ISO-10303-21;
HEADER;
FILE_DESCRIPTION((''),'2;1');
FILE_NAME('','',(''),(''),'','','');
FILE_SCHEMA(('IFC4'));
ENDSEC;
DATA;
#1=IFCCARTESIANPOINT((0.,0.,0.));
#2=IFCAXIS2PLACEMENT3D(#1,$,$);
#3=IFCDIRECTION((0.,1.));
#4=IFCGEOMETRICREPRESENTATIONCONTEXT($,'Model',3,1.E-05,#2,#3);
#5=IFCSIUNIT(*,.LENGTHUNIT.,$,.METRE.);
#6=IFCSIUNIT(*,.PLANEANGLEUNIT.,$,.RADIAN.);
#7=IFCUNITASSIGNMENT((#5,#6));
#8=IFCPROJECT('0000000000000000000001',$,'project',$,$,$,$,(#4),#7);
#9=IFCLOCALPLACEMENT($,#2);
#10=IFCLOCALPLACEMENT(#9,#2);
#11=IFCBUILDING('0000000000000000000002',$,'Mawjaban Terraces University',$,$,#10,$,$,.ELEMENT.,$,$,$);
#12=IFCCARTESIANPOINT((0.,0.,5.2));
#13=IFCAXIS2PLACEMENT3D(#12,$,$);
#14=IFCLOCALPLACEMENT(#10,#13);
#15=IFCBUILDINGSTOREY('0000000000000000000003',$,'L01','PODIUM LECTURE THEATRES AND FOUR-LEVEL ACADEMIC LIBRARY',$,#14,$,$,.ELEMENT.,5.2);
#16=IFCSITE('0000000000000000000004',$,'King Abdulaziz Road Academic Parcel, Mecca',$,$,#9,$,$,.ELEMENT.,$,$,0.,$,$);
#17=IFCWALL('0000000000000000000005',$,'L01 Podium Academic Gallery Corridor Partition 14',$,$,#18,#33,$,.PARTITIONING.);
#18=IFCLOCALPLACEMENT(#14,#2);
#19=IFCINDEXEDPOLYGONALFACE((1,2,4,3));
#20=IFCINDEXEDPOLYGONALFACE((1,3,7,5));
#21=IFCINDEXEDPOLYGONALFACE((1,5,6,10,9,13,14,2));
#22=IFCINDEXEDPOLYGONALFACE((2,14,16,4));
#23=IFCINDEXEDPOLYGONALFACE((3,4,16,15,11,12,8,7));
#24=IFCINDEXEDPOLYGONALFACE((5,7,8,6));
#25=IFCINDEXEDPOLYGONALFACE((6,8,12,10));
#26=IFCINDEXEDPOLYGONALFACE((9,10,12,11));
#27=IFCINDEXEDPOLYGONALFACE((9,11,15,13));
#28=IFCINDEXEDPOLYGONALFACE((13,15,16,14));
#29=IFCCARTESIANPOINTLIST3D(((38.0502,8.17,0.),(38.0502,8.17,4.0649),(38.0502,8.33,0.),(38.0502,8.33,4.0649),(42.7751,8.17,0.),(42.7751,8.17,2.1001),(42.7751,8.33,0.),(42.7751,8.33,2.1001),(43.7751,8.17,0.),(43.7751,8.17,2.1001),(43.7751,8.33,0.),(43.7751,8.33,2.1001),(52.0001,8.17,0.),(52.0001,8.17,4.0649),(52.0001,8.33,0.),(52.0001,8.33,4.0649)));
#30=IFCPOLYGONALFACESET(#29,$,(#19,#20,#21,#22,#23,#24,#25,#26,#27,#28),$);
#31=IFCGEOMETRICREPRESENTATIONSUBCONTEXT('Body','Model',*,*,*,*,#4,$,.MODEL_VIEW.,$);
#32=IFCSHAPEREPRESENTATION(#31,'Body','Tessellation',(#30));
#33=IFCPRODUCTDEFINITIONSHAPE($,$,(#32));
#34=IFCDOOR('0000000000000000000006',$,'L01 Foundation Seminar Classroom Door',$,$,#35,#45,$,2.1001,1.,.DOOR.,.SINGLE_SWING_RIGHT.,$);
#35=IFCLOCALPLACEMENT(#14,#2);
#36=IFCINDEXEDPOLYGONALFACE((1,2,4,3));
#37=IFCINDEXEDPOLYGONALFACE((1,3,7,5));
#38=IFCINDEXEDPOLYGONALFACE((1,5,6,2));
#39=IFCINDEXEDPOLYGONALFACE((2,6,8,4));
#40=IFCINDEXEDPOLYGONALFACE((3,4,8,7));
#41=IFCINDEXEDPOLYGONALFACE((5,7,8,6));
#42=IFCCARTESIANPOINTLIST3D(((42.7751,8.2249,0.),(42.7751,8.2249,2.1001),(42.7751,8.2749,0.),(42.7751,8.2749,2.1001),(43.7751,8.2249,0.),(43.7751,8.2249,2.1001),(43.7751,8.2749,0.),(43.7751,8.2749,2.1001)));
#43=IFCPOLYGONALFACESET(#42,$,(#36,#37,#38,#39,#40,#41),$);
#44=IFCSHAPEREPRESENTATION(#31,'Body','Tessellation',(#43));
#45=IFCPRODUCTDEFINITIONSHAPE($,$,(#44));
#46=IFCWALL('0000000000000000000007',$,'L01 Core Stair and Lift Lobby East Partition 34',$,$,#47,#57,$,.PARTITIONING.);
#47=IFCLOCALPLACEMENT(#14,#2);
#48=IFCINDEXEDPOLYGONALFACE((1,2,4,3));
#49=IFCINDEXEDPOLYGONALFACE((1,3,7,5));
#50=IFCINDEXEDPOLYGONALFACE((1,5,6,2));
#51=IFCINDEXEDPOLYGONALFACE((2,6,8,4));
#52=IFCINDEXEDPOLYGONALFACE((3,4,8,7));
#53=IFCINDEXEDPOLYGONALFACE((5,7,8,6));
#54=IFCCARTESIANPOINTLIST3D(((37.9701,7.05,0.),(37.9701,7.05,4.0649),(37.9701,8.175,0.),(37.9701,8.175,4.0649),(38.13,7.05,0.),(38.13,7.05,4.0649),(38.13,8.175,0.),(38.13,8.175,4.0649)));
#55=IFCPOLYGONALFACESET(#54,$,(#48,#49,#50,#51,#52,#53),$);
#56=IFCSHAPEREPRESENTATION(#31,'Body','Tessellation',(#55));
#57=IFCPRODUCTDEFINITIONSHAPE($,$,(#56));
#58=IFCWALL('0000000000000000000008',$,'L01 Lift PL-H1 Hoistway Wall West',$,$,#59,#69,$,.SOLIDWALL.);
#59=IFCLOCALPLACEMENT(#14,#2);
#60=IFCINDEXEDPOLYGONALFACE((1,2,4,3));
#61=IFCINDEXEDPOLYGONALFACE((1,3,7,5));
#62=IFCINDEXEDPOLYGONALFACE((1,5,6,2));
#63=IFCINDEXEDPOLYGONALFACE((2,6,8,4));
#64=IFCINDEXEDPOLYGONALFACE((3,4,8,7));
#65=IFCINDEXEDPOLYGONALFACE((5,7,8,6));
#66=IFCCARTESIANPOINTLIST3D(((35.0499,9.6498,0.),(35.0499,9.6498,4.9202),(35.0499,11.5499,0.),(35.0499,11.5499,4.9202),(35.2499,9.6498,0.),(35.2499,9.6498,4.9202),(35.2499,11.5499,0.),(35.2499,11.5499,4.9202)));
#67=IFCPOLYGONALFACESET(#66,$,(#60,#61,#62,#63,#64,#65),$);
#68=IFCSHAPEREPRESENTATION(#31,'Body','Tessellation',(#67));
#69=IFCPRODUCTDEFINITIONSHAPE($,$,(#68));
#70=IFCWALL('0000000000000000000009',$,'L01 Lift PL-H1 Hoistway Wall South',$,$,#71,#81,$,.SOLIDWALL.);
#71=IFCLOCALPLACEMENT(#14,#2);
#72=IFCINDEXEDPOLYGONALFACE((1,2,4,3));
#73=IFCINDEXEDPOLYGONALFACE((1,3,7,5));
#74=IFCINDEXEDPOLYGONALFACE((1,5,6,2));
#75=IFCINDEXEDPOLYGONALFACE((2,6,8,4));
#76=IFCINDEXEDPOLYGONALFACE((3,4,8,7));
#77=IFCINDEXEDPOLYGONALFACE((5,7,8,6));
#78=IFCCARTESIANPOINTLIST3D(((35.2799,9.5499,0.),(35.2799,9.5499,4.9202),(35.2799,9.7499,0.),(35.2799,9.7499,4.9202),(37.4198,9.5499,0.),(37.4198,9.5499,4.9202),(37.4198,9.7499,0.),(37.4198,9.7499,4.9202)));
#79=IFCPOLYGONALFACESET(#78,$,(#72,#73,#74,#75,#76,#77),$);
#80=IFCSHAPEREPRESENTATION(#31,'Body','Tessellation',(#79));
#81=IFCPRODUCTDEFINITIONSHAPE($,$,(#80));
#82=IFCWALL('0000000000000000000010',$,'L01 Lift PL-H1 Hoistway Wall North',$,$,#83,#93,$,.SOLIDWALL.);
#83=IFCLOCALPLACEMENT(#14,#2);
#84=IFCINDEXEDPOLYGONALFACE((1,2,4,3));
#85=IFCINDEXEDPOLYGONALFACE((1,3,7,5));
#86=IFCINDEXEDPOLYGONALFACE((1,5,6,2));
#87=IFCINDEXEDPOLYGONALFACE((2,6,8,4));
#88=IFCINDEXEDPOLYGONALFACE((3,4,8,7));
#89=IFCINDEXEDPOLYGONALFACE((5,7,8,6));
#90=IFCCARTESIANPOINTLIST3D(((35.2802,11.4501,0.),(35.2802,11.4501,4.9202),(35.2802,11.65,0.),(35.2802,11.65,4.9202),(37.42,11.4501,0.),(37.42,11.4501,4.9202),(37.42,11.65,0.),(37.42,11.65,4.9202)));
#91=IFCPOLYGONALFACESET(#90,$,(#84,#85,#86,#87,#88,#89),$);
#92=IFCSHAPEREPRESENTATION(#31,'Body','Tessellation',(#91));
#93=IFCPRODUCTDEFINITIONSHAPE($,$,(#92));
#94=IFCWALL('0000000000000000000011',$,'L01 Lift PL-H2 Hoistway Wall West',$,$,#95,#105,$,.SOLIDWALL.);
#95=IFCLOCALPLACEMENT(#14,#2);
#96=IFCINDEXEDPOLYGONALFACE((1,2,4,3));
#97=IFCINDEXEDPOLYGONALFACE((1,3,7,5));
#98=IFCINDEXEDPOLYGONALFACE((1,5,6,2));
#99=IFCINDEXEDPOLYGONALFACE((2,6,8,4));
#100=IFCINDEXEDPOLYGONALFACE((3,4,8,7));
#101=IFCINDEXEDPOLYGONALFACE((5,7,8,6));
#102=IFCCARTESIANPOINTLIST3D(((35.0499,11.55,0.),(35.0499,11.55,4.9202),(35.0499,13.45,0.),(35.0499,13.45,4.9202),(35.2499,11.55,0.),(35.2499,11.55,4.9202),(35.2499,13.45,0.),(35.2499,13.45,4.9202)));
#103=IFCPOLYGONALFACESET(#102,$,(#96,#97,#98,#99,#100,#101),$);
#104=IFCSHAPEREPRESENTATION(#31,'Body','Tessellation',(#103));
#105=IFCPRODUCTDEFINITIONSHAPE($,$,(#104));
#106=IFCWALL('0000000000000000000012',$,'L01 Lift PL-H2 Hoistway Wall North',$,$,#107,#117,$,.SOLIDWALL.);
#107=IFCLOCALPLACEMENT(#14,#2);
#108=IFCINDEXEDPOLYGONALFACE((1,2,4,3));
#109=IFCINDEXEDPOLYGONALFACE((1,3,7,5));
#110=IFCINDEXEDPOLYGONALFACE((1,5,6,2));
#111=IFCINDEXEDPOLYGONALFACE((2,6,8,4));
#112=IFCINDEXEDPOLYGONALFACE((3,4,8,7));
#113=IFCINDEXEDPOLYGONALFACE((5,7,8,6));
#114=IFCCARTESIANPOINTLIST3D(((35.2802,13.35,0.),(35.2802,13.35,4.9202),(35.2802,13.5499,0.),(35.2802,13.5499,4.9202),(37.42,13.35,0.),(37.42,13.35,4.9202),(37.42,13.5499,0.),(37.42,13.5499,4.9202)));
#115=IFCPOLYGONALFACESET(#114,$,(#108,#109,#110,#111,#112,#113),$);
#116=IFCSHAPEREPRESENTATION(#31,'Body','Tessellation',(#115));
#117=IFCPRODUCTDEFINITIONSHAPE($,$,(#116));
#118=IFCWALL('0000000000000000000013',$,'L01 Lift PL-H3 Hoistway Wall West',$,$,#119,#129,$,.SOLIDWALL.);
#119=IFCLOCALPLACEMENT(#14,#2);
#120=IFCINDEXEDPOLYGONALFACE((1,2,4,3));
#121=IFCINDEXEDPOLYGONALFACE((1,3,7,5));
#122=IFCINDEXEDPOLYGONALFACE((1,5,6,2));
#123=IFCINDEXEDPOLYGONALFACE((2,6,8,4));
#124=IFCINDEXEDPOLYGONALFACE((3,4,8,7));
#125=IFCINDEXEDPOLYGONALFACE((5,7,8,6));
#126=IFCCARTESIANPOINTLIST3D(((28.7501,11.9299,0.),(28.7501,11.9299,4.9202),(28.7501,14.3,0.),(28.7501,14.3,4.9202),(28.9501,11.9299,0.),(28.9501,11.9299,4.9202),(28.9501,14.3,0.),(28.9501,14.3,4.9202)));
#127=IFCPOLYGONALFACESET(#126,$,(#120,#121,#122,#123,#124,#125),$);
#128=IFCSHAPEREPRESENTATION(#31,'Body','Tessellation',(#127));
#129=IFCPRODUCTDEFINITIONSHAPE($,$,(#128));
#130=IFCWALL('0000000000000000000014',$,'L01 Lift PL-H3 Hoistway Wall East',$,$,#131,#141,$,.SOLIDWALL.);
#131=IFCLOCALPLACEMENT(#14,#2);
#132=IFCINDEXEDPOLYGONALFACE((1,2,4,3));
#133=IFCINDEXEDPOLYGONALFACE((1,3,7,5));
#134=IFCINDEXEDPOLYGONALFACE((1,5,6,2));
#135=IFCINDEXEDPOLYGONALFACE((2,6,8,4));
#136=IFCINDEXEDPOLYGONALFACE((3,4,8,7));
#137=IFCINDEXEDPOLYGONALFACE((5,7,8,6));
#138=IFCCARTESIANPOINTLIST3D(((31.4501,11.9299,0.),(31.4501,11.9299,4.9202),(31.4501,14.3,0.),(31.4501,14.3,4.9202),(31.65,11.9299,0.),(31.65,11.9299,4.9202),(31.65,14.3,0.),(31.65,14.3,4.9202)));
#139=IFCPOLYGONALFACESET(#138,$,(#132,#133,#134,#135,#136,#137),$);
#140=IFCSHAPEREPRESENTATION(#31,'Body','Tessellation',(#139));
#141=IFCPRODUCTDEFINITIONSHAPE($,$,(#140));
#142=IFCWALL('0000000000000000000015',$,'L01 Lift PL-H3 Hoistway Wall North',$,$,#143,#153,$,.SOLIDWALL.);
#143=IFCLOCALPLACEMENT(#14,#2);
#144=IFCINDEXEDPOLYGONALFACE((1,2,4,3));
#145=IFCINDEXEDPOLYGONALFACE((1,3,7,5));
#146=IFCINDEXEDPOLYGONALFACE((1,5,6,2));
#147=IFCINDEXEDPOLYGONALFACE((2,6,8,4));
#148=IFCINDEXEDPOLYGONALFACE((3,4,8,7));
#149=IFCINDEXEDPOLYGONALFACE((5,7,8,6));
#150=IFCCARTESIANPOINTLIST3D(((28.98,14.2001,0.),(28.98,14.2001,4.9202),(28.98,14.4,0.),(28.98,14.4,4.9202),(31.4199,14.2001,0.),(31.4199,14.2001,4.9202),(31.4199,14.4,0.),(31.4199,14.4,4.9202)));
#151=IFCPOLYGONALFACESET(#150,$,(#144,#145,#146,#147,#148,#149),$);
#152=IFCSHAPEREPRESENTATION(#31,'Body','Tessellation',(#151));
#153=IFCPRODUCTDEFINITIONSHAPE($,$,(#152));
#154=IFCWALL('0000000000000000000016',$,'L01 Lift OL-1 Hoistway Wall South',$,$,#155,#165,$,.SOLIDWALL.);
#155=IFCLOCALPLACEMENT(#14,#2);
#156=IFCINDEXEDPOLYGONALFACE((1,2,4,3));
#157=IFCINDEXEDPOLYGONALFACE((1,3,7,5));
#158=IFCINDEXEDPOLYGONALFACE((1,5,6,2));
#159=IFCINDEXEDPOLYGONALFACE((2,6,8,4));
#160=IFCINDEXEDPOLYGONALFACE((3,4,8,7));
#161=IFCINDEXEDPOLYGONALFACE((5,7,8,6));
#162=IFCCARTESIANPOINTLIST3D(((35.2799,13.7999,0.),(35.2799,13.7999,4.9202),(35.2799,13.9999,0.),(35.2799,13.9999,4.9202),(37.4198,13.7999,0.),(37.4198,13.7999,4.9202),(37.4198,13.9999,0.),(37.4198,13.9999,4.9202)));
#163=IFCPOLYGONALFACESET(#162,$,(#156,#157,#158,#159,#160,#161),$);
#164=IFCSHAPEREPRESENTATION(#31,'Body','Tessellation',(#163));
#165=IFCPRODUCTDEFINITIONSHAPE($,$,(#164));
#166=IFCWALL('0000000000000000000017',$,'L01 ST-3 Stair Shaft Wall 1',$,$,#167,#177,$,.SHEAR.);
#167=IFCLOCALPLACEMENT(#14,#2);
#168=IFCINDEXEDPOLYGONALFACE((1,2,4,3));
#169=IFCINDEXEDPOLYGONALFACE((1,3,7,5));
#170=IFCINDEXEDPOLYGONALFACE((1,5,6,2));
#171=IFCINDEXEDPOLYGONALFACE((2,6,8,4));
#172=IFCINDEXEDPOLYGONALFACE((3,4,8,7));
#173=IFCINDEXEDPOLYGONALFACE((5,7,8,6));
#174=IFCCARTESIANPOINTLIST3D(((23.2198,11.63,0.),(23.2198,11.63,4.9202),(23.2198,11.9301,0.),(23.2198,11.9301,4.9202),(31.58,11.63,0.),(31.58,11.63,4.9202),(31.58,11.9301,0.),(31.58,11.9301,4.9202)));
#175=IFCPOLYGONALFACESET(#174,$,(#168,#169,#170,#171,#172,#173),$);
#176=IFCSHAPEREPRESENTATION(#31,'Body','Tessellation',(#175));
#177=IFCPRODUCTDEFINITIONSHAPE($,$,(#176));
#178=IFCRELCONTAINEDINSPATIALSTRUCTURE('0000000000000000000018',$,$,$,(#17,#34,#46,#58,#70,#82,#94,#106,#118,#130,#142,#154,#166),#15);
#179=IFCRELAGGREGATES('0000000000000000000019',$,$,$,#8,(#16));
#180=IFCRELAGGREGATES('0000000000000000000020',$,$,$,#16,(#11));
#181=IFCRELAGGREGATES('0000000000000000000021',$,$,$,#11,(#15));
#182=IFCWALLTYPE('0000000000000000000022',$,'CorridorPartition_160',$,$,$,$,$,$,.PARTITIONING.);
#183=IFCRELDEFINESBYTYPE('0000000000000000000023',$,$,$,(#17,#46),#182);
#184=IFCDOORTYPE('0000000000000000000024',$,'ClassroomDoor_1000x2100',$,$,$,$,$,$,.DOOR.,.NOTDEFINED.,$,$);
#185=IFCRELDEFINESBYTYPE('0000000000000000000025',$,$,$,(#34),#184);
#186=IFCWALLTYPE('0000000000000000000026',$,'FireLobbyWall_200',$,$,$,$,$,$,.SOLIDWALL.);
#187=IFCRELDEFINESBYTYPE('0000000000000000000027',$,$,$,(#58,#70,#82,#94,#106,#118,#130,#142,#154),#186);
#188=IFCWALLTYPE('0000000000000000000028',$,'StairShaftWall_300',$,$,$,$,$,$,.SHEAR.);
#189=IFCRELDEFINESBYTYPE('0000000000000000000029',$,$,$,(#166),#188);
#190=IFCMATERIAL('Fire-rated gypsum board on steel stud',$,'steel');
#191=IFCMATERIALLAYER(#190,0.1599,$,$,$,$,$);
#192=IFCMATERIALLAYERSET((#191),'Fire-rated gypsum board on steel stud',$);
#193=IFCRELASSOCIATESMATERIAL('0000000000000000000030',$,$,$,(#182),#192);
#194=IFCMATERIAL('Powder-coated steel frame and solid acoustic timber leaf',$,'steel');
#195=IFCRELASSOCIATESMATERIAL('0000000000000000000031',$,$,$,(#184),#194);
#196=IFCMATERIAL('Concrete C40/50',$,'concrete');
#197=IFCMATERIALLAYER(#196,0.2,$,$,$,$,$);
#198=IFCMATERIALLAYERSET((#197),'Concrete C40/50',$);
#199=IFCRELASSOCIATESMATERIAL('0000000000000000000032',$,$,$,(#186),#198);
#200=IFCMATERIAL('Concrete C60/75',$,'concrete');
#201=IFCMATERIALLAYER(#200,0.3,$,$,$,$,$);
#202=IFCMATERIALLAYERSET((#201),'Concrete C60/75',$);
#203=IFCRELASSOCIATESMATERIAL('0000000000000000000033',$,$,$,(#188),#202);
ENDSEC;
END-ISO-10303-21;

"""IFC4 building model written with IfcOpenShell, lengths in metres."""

from ifc_helpers import new_model, si_unit, direction, frame, frame_2d, origin, place, context, subcontext, project, spatial, rectangle, extrude, material, layer, layer_set, type_object, element, fill, save


model = new_model("IFC4")

# Units and contexts
model_context = context("Model", 3, precision=1e-05, world=origin(), true_north=direction((0.0, 1.0)))
body_context = subcontext(model_context, "Body", "Model", "MODEL_VIEW")
ifc_project = project(units=[si_unit("LENGTHUNIT", "METRE"), si_unit("PLANEANGLEUNIT", "RADIAN")], contexts=[model_context])

# Site, building, storey
site_placement = place(None, origin())
site = spatial("IfcSite", under=ifc_project, at=site_placement, Name="King Abdulaziz Road Academic Parcel, Mecca", CompositionType="ELEMENT", RefElevation=0.0)
building_placement = place(site_placement, origin())
building = spatial("IfcBuilding", under=site, at=building_placement, Name="Mawjaban Terraces University", CompositionType="ELEMENT")
storey_placement = place(building_placement, frame((0.0, 0.0, 5.2)))
storey = spatial("IfcBuildingStorey", under=building, at=storey_placement, Name="L01", Description="PODIUM LECTURE THEATRES AND FOUR-LEVEL ACADEMIC LIBRARY", CompositionType="ELEMENT", Elevation=5.2)

# Wall, opening, door
ifc_material_1 = material(Name="Fire-rated gypsum board on steel stud", Category="steel")
ifc_layer_1 = layer(ifc_material_1, 0.1599)
ifc_layer_set_1 = layer_set([ifc_layer_1], Name="Fire-rated gypsum board on steel stud")
wall_type_1 = type_object("IfcWallType", Name="CorridorPartition_160", PredefinedType="PARTITIONING", material=ifc_layer_set_1)
wall_1_placement = place(storey_placement, frame((38.05, 8.25, 0.0), z_axis=(0.0, 0.0, 1.0), x_axis=(1.0, 0.0, 0.0)))
wall_1 = element("IfcWall", 1, at=wall_1_placement, inside=storey, type_object=wall_type_1, Name="L01 Podium Academic Gallery Corridor Partition 14", PredefinedType="PARTITIONING", context=body_context, shape_type="SweptSolid", body=[
    extrude(rectangle(XDim=13.95, YDim=0.1599, at=frame_2d((6.9751, 0.0))), origin(), (0.0, 0.0, 1.0), 4.0649),
])
opening_1_placement = place(wall_1_placement, frame((4.7251, 0.0, 0.0)))
opening_1 = element("IfcOpeningElement", 2, at=opening_1_placement, cuts=wall_1, PredefinedType="OPENING", context=body_context, shape_type="SweptSolid", body=[
    extrude(rectangle(XDim=1.0, YDim=2.1001, at=frame_2d((0.5, 1.05))), frame((0.0, 0.0898, 0.0), z_axis=(0.0, -1.0, 0.0), x_axis=(1.0, 0.0, 0.0)), (0.0, 0.0, 1.0), 0.1799),
])
ifc_material_2 = material(Name="Powder-coated steel frame and solid acoustic timber leaf", Category="steel")
door_type_1 = type_object("IfcDoorType", Name="ClassroomDoor_1000x2100", OperationType="NOTDEFINED", PredefinedType="DOOR", material=ifc_material_2)
door_1_placement = place(opening_1_placement, origin())
door_1 = element("IfcDoor", 3, at=door_1_placement, inside=storey, type_object=door_type_1, Name="L01 Foundation Seminar Classroom Door", OperationType="SINGLE_SWING_RIGHT", OverallHeight=2.1001, OverallWidth=1.0, PredefinedType="DOOR", context=body_context, shape_type="SweptSolid", body=[
    extrude(rectangle(XDim=1.0, YDim=2.1001, at=frame_2d((0.5, 1.05))), frame((0.0, 0.0249, 0.0), z_axis=(0.0, -1.0, 0.0), x_axis=(1.0, 0.0, 0.0)), (0.0, 0.0, 1.0), 0.05),
])
fill(opening_1, door_1)

# Walls
wall_2_placement = place(storey_placement, frame((38.05, 7.05, 0.0), z_axis=(0.0, 0.0, 1.0), x_axis=(0.0, 1.0, 0.0)))
element("IfcWall", 4, at=wall_2_placement, inside=storey, type_object=wall_type_1, Name="L01 Core Stair and Lift Lobby East Partition 34", PredefinedType="PARTITIONING", context=body_context, shape_type="SweptSolid", body=[
    extrude(rectangle(XDim=1.125, YDim=0.1599, at=frame_2d((0.5625, 0.0))), origin(), (0.0, 0.0, 1.0), 4.0649),
])
ifc_material_3 = material(Name="Concrete C40/50", Category="concrete")
ifc_layer_2 = layer(ifc_material_3, 0.2)
ifc_layer_set_2 = layer_set([ifc_layer_2], Name="Concrete C40/50")
wall_type_2 = type_object("IfcWallType", Name="FireLobbyWall_200", PredefinedType="SOLIDWALL", material=ifc_layer_set_2)
wall_3_placement = place(storey_placement, frame((35.1499, 11.55, 0.0), z_axis=(0.0, 0.0, 1.0), x_axis=(0.0, -1.0, 0.0)))
element("IfcWall", 5, at=wall_3_placement, inside=storey, type_object=wall_type_2, Name="L01 Lift PL-H1 Hoistway Wall West", PredefinedType="SOLIDWALL", context=body_context, shape_type="SweptSolid", body=[
    extrude(rectangle(XDim=1.9001, YDim=0.2, at=frame_2d((0.9502, 0.0))), origin(), (0.0, 0.0, 1.0), 4.9202),
])
for number, where, z_axis, x_axis, name in (
    (6, (35.28, 9.6499, 0.0), (0.0, 0.0, 1.0), (1.0, 0.0, 0.0), "L01 Lift PL-H1 Hoistway Wall South"),
    (7, (37.4199, 11.55, 0.0), (0.0, 0.0, 1.0), (-1.0, 0.0, 0.0), "L01 Lift PL-H1 Hoistway Wall North"),
):
    element("IfcWall", number, at=place(storey_placement, frame(where, z_axis=z_axis, x_axis=x_axis)), inside=storey, type_object=wall_type_2, Name=name, PredefinedType="SOLIDWALL", context=body_context, shape_type="SweptSolid", body=[
        extrude(rectangle(XDim=2.1399, YDim=0.2, at=frame_2d((1.0698, 0.0))), origin(), (0.0, 0.0, 1.0), 4.9202),
    ])
wall_4_placement = place(storey_placement, frame((35.1499, 13.45, 0.0), z_axis=(0.0, 0.0, 1.0), x_axis=(0.0, -1.0, 0.0)))
element("IfcWall", 8, at=wall_4_placement, inside=storey, type_object=wall_type_2, Name="L01 Lift PL-H2 Hoistway Wall West", PredefinedType="SOLIDWALL", context=body_context, shape_type="SweptSolid", body=[
    extrude(rectangle(XDim=1.8999, YDim=0.2, at=frame_2d((0.95, 0.0))), origin(), (0.0, 0.0, 1.0), 4.9202),
])
wall_5_placement = place(storey_placement, frame((37.4199, 13.45, 0.0), z_axis=(0.0, 0.0, 1.0), x_axis=(-1.0, 0.0, 0.0)))
element("IfcWall", 9, at=wall_5_placement, inside=storey, type_object=wall_type_2, Name="L01 Lift PL-H2 Hoistway Wall North", PredefinedType="SOLIDWALL", context=body_context, shape_type="SweptSolid", body=[
    extrude(rectangle(XDim=2.1399, YDim=0.2, at=frame_2d((1.0698, 0.0))), origin(), (0.0, 0.0, 1.0), 4.9202),
])
for number, where, z_axis, x_axis, name in (
    (10, (28.8501, 14.3, 0.0), (0.0, 0.0, 1.0), (0.0, -1.0, 0.0), "L01 Lift PL-H3 Hoistway Wall West"),
    (11, (31.55, 11.9299, 0.0), (0.0, 0.0, 1.0), (0.0, 1.0, 0.0), "L01 Lift PL-H3 Hoistway Wall East"),
):
    element("IfcWall", number, at=place(storey_placement, frame(where, z_axis=z_axis, x_axis=x_axis)), inside=storey, type_object=wall_type_2, Name=name, PredefinedType="SOLIDWALL", context=body_context, shape_type="SweptSolid", body=[
        extrude(rectangle(XDim=2.3701, YDim=0.2, at=frame_2d((1.1851, 0.0))), origin(), (0.0, 0.0, 1.0), 4.9202),
    ])
wall_6_placement = place(storey_placement, frame((31.4199, 14.3, 0.0), z_axis=(0.0, 0.0, 1.0), x_axis=(-1.0, 0.0, 0.0)))
element("IfcWall", 12, at=wall_6_placement, inside=storey, type_object=wall_type_2, Name="L01 Lift PL-H3 Hoistway Wall North", PredefinedType="SOLIDWALL", context=body_context, shape_type="SweptSolid", body=[
    extrude(rectangle(XDim=2.4399, YDim=0.2, at=frame_2d((1.22, 0.0))), origin(), (0.0, 0.0, 1.0), 4.9202),
])
wall_7_placement = place(storey_placement, frame((35.28, 13.8999, 0.0), z_axis=(0.0, 0.0, 1.0), x_axis=(1.0, 0.0, 0.0)))
element("IfcWall", 13, at=wall_7_placement, inside=storey, type_object=wall_type_2, Name="L01 Lift OL-1 Hoistway Wall South", PredefinedType="SOLIDWALL", context=body_context, shape_type="SweptSolid", body=[
    extrude(rectangle(XDim=2.1399, YDim=0.2, at=frame_2d((1.0698, 0.0))), origin(), (0.0, 0.0, 1.0), 4.9202),
])
ifc_material_4 = material(Name="Concrete C60/75", Category="concrete")
ifc_layer_3 = layer(ifc_material_4, 0.3)
ifc_layer_set_3 = layer_set([ifc_layer_3], Name="Concrete C60/75")
wall_type_3 = type_object("IfcWallType", Name="StairShaftWall_300", PredefinedType="SHEAR", material=ifc_layer_set_3)
wall_8_placement = place(storey_placement, frame((31.5801, 11.78, 0.0), z_axis=(0.0, 0.0, 1.0), x_axis=(-1.0, 0.0, 0.0)))
element("IfcWall", 14, at=wall_8_placement, inside=storey, type_object=wall_type_3, Name="L01 ST-3 Stair Shaft Wall 1", PredefinedType="SHEAR", context=body_context, shape_type="SweptSolid", body=[
    extrude(rectangle(XDim=8.3601, YDim=0.3, at=frame_2d((4.1802, 0.0))), origin(), (0.0, 0.0, 1.0), 4.9202),
])

save(model, "model.ifc")
